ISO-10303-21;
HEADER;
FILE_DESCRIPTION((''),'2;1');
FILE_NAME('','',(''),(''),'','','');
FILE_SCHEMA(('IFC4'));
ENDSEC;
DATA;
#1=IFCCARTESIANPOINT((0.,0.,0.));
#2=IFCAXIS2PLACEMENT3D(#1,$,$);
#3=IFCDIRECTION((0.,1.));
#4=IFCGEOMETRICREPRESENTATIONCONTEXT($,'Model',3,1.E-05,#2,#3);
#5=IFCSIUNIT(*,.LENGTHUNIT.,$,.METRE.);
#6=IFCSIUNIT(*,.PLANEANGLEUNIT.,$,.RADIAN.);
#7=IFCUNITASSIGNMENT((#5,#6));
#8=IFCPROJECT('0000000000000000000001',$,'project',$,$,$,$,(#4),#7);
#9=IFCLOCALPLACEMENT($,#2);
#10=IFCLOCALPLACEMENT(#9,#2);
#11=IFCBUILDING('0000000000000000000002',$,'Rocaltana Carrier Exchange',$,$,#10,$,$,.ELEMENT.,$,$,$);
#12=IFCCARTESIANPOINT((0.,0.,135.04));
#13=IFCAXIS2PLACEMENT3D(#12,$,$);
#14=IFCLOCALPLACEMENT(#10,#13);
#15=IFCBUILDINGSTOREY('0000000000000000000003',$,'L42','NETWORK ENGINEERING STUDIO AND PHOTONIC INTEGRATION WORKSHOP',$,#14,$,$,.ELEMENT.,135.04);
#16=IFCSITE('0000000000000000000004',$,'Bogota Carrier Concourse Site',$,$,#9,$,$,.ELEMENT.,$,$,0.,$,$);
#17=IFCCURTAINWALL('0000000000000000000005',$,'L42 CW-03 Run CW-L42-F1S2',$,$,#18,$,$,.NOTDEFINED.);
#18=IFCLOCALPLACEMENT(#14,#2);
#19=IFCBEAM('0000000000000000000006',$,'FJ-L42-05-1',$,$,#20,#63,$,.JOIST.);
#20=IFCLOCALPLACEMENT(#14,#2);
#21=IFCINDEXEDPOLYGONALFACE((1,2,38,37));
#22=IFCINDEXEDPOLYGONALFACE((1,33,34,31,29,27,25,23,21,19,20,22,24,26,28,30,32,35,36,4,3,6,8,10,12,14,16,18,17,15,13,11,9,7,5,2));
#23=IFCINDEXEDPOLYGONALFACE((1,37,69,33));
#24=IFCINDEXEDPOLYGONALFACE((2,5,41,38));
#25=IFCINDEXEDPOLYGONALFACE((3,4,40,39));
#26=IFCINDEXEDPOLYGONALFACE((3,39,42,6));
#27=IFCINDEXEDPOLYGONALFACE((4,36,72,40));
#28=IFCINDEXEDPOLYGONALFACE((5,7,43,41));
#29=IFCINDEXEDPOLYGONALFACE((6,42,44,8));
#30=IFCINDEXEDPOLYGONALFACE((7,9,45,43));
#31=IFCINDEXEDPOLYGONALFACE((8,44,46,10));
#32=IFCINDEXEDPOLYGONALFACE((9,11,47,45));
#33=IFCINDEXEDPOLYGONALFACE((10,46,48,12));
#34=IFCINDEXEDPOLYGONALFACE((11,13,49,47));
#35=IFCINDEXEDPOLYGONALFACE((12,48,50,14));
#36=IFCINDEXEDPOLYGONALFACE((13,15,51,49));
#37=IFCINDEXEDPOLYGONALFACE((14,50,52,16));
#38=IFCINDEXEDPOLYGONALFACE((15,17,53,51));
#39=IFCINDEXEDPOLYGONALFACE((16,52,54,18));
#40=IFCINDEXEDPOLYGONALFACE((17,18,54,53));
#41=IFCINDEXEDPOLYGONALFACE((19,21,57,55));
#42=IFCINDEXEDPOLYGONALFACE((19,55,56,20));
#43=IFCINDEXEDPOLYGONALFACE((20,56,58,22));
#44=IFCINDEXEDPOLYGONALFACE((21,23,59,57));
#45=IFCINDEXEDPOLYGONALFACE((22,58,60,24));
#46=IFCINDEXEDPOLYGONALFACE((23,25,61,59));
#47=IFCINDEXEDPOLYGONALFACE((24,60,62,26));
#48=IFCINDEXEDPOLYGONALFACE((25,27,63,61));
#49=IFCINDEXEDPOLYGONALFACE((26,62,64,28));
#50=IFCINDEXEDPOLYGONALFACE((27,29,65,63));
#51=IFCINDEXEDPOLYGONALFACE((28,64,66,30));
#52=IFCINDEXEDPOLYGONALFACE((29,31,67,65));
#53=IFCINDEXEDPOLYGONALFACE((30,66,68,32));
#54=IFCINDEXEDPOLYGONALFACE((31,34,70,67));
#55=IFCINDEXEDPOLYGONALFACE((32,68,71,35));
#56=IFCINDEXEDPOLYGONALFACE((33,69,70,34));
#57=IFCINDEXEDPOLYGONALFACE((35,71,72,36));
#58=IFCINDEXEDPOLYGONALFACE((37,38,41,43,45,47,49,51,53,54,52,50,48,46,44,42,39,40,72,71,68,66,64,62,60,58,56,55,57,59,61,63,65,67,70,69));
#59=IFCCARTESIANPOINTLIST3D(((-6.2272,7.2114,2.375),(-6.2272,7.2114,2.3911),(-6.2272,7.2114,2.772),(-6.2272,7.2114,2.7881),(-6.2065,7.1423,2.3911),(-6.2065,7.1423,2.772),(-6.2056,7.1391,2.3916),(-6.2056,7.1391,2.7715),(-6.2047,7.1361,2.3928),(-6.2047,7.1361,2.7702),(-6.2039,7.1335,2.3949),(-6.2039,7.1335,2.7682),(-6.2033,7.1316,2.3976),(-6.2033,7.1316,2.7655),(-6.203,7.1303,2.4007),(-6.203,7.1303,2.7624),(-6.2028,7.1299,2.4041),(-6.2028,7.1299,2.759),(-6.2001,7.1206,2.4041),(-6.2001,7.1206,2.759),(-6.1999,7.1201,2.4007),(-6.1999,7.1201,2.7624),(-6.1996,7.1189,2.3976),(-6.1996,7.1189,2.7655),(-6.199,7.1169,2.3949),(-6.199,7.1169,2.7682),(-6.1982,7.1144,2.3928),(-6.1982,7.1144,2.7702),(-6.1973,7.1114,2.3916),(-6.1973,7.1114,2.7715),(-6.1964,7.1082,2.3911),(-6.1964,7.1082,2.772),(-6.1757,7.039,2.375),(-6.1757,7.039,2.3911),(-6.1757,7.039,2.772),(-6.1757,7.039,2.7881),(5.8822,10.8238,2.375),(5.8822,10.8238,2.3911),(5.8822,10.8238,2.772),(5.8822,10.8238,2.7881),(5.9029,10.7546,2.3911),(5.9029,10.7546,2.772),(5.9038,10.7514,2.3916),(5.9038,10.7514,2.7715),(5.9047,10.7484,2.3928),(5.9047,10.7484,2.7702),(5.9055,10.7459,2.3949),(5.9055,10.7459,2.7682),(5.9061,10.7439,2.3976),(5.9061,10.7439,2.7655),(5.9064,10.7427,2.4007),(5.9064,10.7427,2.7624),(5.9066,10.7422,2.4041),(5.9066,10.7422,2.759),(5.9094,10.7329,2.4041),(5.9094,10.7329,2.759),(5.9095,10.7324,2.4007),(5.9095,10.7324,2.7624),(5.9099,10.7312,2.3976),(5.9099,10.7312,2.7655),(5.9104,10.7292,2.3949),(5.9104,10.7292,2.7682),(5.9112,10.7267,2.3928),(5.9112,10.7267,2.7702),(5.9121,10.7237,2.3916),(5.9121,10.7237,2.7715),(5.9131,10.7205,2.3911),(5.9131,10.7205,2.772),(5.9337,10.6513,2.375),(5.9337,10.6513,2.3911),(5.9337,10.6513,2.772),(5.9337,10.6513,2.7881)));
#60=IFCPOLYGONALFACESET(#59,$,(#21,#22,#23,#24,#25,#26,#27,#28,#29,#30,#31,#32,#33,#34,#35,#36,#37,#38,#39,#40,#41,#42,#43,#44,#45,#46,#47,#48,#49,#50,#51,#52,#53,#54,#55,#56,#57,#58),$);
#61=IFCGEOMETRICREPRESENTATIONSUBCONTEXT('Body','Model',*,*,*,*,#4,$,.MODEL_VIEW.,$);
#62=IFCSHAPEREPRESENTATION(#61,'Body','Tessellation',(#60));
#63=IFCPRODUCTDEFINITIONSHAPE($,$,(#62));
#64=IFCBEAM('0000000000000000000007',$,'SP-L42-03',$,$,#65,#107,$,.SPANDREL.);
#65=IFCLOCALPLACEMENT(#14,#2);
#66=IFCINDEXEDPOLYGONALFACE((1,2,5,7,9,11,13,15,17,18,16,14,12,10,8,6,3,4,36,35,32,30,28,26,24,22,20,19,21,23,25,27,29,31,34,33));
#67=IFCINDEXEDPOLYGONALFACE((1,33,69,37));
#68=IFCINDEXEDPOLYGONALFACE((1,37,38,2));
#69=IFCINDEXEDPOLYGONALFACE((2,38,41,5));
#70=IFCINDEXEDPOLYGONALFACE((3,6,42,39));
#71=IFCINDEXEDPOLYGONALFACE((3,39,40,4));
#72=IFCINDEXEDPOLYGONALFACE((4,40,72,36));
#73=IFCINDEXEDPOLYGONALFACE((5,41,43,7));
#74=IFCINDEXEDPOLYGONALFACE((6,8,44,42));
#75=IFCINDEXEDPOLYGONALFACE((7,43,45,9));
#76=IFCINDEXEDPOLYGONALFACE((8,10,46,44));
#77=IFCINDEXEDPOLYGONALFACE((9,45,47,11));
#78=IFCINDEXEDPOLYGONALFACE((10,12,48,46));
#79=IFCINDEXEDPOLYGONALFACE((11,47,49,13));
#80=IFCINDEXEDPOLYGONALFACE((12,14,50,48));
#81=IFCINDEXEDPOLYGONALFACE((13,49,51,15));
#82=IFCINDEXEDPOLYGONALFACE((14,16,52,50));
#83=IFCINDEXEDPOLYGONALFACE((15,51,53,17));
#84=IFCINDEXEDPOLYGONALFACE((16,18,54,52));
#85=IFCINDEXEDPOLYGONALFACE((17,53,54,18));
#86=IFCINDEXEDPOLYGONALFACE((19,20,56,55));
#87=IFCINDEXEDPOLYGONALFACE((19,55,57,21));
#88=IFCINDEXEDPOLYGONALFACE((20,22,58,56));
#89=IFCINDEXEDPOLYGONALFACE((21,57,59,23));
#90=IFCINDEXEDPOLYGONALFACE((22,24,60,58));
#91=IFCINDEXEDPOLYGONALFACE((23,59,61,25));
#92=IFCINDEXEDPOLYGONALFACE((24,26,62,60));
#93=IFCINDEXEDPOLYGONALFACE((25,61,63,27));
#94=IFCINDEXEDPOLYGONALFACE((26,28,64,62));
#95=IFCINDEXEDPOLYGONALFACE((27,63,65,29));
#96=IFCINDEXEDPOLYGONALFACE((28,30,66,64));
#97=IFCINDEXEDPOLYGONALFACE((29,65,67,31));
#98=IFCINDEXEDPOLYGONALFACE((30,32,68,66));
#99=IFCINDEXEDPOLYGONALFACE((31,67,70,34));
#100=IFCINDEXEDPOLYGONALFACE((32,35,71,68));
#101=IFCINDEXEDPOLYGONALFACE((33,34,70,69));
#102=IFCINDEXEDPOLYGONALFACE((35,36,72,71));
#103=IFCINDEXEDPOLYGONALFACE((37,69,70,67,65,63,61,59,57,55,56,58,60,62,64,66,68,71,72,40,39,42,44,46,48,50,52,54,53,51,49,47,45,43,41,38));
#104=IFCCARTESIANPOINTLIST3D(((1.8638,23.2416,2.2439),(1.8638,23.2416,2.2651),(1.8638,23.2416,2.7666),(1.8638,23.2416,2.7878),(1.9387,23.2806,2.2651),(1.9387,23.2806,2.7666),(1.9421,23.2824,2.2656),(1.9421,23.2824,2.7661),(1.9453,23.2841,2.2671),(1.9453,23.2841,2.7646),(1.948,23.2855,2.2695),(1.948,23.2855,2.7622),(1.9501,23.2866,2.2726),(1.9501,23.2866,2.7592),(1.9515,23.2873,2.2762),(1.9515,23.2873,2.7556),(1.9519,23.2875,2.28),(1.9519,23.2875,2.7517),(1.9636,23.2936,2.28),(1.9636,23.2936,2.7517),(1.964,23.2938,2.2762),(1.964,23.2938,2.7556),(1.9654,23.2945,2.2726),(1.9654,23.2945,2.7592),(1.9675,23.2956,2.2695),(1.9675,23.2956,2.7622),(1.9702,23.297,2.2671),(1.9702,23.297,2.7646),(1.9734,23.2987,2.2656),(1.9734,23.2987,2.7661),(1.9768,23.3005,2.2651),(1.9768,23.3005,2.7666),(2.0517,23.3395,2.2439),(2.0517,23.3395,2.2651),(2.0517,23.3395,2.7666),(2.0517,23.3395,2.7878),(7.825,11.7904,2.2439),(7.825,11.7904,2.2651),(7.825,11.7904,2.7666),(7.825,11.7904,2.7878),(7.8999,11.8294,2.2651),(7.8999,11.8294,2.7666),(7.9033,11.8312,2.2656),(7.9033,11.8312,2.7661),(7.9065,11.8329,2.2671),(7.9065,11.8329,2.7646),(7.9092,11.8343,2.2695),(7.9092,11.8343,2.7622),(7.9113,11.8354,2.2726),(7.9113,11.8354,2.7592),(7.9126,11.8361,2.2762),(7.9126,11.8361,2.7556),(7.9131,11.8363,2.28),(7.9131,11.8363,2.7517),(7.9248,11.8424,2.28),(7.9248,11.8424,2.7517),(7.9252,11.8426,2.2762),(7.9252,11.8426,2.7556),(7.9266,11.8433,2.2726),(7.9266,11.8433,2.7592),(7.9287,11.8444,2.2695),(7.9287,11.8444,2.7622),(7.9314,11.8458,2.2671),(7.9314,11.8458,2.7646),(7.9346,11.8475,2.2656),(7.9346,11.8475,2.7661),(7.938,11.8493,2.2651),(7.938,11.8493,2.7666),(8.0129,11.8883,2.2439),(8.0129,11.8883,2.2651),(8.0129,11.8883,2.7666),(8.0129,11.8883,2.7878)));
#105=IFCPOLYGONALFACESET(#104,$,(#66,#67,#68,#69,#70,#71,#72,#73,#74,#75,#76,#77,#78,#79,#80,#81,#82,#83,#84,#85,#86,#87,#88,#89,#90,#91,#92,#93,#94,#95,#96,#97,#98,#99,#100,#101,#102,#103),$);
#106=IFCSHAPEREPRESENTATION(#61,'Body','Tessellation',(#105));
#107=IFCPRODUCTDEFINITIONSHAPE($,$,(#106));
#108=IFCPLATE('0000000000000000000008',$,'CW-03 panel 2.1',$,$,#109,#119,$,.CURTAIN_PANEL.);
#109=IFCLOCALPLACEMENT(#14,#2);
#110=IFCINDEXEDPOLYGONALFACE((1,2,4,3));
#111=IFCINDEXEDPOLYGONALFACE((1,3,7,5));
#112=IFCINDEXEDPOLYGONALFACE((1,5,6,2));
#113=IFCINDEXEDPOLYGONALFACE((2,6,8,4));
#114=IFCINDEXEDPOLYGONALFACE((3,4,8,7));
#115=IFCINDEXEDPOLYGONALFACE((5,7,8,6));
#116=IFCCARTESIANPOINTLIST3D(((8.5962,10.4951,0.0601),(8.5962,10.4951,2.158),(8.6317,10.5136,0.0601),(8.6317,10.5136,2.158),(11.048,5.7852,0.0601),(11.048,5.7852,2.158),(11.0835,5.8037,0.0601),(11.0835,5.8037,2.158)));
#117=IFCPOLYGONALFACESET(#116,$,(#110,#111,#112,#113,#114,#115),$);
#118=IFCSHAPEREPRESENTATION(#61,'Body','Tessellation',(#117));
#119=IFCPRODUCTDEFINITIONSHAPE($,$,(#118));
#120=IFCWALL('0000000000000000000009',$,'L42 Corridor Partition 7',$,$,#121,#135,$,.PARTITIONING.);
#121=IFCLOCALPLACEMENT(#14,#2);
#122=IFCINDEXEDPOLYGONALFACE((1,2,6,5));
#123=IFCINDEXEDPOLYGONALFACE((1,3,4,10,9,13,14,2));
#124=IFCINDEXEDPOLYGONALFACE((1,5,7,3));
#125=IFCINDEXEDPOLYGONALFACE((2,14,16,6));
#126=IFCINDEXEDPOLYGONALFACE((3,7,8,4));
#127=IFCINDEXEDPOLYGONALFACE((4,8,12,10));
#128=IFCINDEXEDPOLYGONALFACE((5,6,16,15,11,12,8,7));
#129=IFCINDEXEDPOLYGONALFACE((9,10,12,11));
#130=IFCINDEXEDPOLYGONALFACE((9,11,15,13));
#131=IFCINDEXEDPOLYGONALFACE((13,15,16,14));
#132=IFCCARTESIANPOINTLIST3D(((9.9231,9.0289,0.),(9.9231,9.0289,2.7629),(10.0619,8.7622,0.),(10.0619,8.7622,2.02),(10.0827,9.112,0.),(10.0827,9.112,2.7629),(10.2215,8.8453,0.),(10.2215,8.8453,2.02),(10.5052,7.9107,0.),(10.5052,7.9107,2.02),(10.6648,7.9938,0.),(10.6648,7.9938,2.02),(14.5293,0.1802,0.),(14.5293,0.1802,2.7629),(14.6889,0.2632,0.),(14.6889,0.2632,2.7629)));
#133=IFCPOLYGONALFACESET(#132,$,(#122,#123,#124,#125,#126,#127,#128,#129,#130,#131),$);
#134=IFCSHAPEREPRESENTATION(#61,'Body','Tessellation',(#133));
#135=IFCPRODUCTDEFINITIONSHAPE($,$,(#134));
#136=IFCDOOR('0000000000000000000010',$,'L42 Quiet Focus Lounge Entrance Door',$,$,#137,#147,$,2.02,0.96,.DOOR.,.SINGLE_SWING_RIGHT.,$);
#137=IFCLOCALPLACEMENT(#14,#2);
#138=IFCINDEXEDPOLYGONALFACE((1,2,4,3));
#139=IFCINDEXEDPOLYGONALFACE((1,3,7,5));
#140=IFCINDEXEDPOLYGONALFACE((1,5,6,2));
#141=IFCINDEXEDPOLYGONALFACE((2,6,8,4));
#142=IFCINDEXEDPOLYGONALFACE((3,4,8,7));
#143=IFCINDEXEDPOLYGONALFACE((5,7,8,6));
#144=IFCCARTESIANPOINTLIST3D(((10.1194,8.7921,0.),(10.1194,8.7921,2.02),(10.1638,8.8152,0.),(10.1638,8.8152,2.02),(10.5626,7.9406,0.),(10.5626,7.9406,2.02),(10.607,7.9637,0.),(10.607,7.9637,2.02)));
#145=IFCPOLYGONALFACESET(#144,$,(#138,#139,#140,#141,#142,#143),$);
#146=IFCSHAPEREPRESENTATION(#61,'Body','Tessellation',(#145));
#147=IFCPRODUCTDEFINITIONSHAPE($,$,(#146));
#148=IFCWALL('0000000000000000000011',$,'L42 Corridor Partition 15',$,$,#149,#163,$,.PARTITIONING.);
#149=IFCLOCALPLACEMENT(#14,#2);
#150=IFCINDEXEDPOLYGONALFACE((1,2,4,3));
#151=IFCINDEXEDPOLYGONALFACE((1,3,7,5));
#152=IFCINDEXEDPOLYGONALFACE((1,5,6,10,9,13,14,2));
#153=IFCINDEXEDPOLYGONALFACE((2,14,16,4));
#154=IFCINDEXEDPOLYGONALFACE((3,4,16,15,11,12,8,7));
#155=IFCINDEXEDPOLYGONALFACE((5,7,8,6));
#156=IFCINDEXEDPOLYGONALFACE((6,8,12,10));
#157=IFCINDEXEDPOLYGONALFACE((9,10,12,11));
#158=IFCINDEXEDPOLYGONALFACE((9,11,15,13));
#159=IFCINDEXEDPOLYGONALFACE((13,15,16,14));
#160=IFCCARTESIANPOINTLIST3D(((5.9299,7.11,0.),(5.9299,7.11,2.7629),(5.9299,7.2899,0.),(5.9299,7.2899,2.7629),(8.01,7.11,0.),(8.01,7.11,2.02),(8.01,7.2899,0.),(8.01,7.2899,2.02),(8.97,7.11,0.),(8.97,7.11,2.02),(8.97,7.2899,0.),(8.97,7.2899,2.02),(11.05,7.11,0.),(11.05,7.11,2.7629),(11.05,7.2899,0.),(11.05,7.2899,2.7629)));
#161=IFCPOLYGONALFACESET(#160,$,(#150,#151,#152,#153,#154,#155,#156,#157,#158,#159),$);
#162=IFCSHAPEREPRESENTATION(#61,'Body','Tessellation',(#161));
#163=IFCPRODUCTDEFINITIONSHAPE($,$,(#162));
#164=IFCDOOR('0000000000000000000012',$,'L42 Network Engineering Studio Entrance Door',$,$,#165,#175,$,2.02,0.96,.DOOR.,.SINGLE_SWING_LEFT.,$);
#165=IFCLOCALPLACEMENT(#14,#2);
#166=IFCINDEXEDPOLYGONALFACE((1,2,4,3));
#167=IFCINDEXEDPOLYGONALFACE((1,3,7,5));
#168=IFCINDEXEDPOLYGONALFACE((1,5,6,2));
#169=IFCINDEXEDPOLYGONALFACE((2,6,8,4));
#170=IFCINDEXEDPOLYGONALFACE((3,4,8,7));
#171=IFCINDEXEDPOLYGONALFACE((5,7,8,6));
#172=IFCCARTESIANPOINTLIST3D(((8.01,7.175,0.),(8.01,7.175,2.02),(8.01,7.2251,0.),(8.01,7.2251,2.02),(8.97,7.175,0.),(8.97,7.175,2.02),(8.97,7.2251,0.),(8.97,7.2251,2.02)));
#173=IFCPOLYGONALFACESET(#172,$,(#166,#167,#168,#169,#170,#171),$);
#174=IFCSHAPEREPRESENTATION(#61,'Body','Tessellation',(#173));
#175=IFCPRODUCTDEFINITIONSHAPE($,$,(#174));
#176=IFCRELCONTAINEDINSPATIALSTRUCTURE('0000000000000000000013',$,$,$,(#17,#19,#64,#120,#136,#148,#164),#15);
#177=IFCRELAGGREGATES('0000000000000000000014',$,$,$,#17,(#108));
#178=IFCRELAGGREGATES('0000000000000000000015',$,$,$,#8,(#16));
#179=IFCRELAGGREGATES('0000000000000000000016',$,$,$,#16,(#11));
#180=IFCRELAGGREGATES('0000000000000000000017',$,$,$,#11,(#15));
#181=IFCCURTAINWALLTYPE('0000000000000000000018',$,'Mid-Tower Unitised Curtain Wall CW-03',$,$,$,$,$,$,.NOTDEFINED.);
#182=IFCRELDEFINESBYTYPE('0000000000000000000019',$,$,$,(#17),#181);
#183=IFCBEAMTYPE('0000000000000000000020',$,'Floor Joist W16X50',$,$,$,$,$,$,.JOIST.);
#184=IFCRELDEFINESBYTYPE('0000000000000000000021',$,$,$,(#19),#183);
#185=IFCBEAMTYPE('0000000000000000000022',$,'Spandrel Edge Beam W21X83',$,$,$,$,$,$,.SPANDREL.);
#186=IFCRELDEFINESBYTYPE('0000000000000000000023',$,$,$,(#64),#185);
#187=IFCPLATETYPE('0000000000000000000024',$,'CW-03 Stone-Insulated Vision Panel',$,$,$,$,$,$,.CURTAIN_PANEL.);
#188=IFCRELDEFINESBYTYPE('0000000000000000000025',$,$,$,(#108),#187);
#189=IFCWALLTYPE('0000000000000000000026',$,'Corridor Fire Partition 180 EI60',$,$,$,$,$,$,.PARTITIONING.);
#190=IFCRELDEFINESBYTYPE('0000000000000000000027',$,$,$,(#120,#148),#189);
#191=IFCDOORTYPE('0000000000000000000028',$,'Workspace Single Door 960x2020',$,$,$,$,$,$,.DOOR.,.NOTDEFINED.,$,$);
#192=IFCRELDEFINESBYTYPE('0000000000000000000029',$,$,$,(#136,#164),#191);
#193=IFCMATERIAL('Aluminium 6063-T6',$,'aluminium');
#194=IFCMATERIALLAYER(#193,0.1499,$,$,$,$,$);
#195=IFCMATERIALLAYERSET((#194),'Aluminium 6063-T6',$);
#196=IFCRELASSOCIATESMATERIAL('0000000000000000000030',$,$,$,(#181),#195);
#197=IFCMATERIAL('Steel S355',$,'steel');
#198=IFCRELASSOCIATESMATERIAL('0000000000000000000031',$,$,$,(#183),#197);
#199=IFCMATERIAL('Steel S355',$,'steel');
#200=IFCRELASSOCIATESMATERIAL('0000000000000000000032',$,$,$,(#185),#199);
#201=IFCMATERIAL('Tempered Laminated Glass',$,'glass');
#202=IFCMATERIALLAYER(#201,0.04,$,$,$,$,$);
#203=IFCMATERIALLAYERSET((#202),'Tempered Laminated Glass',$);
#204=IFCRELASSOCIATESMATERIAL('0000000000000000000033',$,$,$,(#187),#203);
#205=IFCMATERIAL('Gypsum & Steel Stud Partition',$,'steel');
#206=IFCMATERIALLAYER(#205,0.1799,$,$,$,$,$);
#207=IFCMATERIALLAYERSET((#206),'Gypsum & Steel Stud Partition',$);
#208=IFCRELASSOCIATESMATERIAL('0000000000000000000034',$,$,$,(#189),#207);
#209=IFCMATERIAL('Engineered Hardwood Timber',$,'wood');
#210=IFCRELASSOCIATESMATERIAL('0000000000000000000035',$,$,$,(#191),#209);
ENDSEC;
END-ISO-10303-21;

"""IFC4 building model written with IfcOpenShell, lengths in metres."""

from ifc_helpers import new_model, si_unit, direction, frame, frame_2d, origin, origin_2d, place, context, subcontext, project, spatial, rectangle, i_section, extrude, material, layer, layer_set, material_profile, profile_set, type_object, element, fill, aggregate, save


model = new_model("IFC4")

# Units and contexts
model_context = context("Model", 3, precision=1e-05, world=origin(), true_north=direction((0.0, 1.0)))
body_context = subcontext(model_context, "Body", "Model", "MODEL_VIEW")
ifc_project = project(units=[si_unit("LENGTHUNIT", "METRE"), si_unit("PLANEANGLEUNIT", "RADIAN")], contexts=[model_context])

# Site, building, storey
site_placement = place(None, origin())
site = spatial("IfcSite", under=ifc_project, at=site_placement, Name="Bogota Carrier Concourse Site", CompositionType="ELEMENT", RefElevation=0.0)
building_placement = place(site_placement, origin())
building = spatial("IfcBuilding", under=site, at=building_placement, Name="Rocaltana Carrier Exchange", CompositionType="ELEMENT")
storey_placement = place(building_placement, frame((0.0, 0.0, 135.04)))
storey = spatial("IfcBuildingStorey", under=building, at=storey_placement, Name="L42", Description="NETWORK ENGINEERING STUDIO AND PHOTONIC INTEGRATION WORKSHOP", CompositionType="ELEMENT", Elevation=135.04)

# Curtain wall
ifc_material_1 = material(Name="Aluminium 6063-T6", Category="aluminium")
ifc_layer_1 = layer(ifc_material_1, 0.1499)
ifc_layer_set_1 = layer_set([ifc_layer_1], Name="Aluminium 6063-T6")
curtain_wall_type = type_object("IfcCurtainWallType", Name="Mid-Tower Unitised Curtain Wall CW-03", PredefinedType="NOTDEFINED", material=ifc_layer_set_1)
curtain_wall_placement = place(storey_placement, origin())
curtain_wall = element("IfcCurtainWall", 1, at=curtain_wall_placement, inside=storey, type_object=curtain_wall_type, Name="L42 CW-03 Run CW-L42-F1S2", PredefinedType="NOTDEFINED")

# Beams
ifc_material_2 = material(Name="Steel S355", Category="steel")
ifc_material_profile_1 = material_profile(ifc_material_2, i_section(OverallWidth=0.1799, OverallDepth=0.4131, WebThickness=0.0098, FlangeThickness=0.0161, FilletRadius=0.0129, at=origin_2d()), Name="W16X50")
ifc_profile_set_1 = profile_set([ifc_material_profile_1], Name="Steel S355")
beam_type_1 = type_object("IfcBeamType", Name="Floor Joist W16X50", PredefinedType="JOIST", material=ifc_profile_set_1)
beam_1_placement = place(storey_placement, frame((5.908, 10.7375, 2.5815), z_axis=(-0.958272, -0.285859, 0.0), x_axis=(0.285859, -0.958272, 0.0)))
element("IfcBeam", 2, at=beam_1_placement, inside=storey, type_object=beam_type_1, Name="FJ-L42-05-1", PredefinedType="JOIST", context=body_context, shape_type="SweptSolid", body=[
    extrude(i_section(OverallWidth=0.1799, OverallDepth=0.4131, WebThickness=0.0098, FlangeThickness=0.0161, FilletRadius=0.0129, at=origin_2d()), origin(), (0.0, 0.0, 1.0), 12.6367),
])
ifc_material_3 = material(Name="Steel S355", Category="steel")
ifc_material_profile_2 = material_profile(ifc_material_3, i_section(OverallWidth=0.2119, OverallDepth=0.5439, WebThickness=0.0132, FlangeThickness=0.0212, FilletRadius=0.0149, at=origin_2d()), Name="W21X83")
ifc_profile_set_2 = profile_set([ifc_material_profile_2], Name="Steel S355")
beam_type_2 = type_object("IfcBeamType", Name="Spandrel Edge Beam W21X83", PredefinedType="SPANDREL", material=ifc_profile_set_2)
beam_2_placement = place(storey_placement, frame((7.9189, 11.8394, 2.5159), z_axis=(-0.461753, 0.887008, 0.0), x_axis=(-0.887008, -0.461753, 0.0)))
element("IfcBeam", 3, at=beam_2_placement, inside=storey, type_object=beam_type_2, Name="SP-L42-03", PredefinedType="SPANDREL", context=body_context, shape_type="SweptSolid", body=[
    extrude(i_section(OverallWidth=0.2119, OverallDepth=0.5439, WebThickness=0.0132, FlangeThickness=0.0212, FilletRadius=0.0149, at=origin_2d()), origin(), (0.0, 0.0, 1.0), 12.9099),
])

# Plate
ifc_material_4 = material(Name="Tempered Laminated Glass", Category="glass")
ifc_layer_2 = layer(ifc_material_4, 0.04)
ifc_layer_set_2 = layer_set([ifc_layer_2], Name="Tempered Laminated Glass")
plate_type = type_object("IfcPlateType", Name="CW-03 Stone-Insulated Vision Panel", PredefinedType="CURTAIN_PANEL", material=ifc_layer_set_2)
plate_placement = place(storey_placement, frame((9.8398, 8.1494, 0.0601), z_axis=(0.0, 0.0, 1.0), x_axis=(-0.461747, 0.887012, 0.0)))
plate = element("IfcPlate", 4, at=plate_placement, type_object=plate_type, Name="CW-03 panel 2.1", PredefinedType="CURTAIN_PANEL", context=body_context, shape_type="SweptSolid", body=[
    extrude(rectangle(XDim=5.3098, YDim=0.04, at=origin_2d()), origin(), (0.0, 0.0, 1.0), 2.0979),
])
aggregate(curtain_wall, [plate])

# Walls, openings, doors
ifc_material_5 = material(Name="Gypsum & Steel Stud Partition", Category="steel")
ifc_layer_3 = layer(ifc_material_5, 0.1799)
ifc_layer_set_3 = layer_set([ifc_layer_3], Name="Gypsum & Steel Stud Partition")
wall_type_1 = type_object("IfcWallType", Name="Corridor Fire Partition 180 EI60", PredefinedType="PARTITIONING", material=ifc_layer_set_3)
wall_1_placement = place(storey_placement, frame((10.0029, 9.0703, 0.0), z_axis=(0.0, 0.0, 1.0), x_axis=(0.46174, -0.887015, 0.0)))
wall_1 = element("IfcWall", 5, at=wall_1_placement, inside=storey, type_object=wall_type_1, Name="L42 Corridor Partition 7", PredefinedType="PARTITIONING", context=body_context, shape_type="SweptSolid", body=[
    extrude(rectangle(XDim=9.9758, YDim=0.1799, at=frame_2d((4.9878, 0.0))), origin(), (0.0, 0.0, 1.0), 2.7629),
])
opening_1_placement = place(wall_1_placement, frame((0.3005, 0.0, 0.0)))
opening_1 = element("IfcOpeningElement", 6, at=opening_1_placement, cuts=wall_1, PredefinedType="OPENING", context=body_context, shape_type="SweptSolid", body=[
    extrude(rectangle(XDim=0.96, YDim=2.02, at=frame_2d((0.48, 1.01))), frame((0.0, 0.0999, 0.0), z_axis=(0.0, -1.0, 0.0), x_axis=(1.0, 0.0, 0.0)), (0.0, 0.0, 1.0), 0.2),
])
ifc_material_6 = material(Name="Engineered Hardwood Timber", Category="wood")
door_type_1 = type_object("IfcDoorType", Name="Workspace Single Door 960x2020", OperationType="NOTDEFINED", PredefinedType="DOOR", material=ifc_material_6)
door_1_placement = place(opening_1_placement, origin())
door_1 = element("IfcDoor", 7, at=door_1_placement, inside=storey, type_object=door_type_1, Name="L42 Quiet Focus Lounge Entrance Door", OperationType="SINGLE_SWING_RIGHT", OverallHeight=2.02, OverallWidth=0.96, PredefinedType="DOOR", context=body_context, shape_type="SweptSolid", body=[
    extrude(rectangle(XDim=0.96, YDim=2.02, at=frame_2d((0.48, 1.01))), frame((0.0, 0.0249, 0.0), z_axis=(0.0, -1.0, 0.0), x_axis=(1.0, 0.0, 0.0)), (0.0, 0.0, 1.0), 0.05),
])
fill(opening_1, door_1)
wall_2_placement = place(storey_placement, frame((11.05, 7.2, 0.0), z_axis=(0.0, 0.0, 1.0), x_axis=(-1.0, 0.0, 0.0)))
wall_2 = element("IfcWall", 8, at=wall_2_placement, inside=storey, type_object=wall_type_1, Name="L42 Corridor Partition 15", PredefinedType="PARTITIONING", context=body_context, shape_type="SweptSolid", body=[
    extrude(rectangle(XDim=5.1201, YDim=0.1799, at=frame_2d((2.5601, 0.0))), origin(), (0.0, 0.0, 1.0), 2.7629),
])
opening_2_placement = place(wall_2_placement, frame((2.0801, 0.0, 0.0)))
opening_2 = element("IfcOpeningElement", 9, at=opening_2_placement, cuts=wall_2, PredefinedType="OPENING", context=body_context, shape_type="SweptSolid", body=[
    extrude(rectangle(XDim=0.96, YDim=2.02, at=frame_2d((0.48, 1.01))), frame((0.0, 0.0999, 0.0), z_axis=(0.0, -1.0, 0.0), x_axis=(1.0, 0.0, 0.0)), (0.0, 0.0, 1.0), 0.2),
])
door_2_placement = place(opening_2_placement, origin())
door_2 = element("IfcDoor", 10, at=door_2_placement, inside=storey, type_object=door_type_1, Name="L42 Network Engineering Studio Entrance Door", OperationType="SINGLE_SWING_LEFT", OverallHeight=2.02, OverallWidth=0.96, PredefinedType="DOOR", context=body_context, shape_type="SweptSolid", body=[
    extrude(rectangle(XDim=0.96, YDim=2.02, at=frame_2d((0.48, 1.01))), frame((0.0, 0.0249, 0.0), z_axis=(0.0, -1.0, 0.0), x_axis=(1.0, 0.0, 0.0)), (0.0, 0.0, 1.0), 0.05),
])
fill(opening_2, door_2)

save(model, "model.ifc")
